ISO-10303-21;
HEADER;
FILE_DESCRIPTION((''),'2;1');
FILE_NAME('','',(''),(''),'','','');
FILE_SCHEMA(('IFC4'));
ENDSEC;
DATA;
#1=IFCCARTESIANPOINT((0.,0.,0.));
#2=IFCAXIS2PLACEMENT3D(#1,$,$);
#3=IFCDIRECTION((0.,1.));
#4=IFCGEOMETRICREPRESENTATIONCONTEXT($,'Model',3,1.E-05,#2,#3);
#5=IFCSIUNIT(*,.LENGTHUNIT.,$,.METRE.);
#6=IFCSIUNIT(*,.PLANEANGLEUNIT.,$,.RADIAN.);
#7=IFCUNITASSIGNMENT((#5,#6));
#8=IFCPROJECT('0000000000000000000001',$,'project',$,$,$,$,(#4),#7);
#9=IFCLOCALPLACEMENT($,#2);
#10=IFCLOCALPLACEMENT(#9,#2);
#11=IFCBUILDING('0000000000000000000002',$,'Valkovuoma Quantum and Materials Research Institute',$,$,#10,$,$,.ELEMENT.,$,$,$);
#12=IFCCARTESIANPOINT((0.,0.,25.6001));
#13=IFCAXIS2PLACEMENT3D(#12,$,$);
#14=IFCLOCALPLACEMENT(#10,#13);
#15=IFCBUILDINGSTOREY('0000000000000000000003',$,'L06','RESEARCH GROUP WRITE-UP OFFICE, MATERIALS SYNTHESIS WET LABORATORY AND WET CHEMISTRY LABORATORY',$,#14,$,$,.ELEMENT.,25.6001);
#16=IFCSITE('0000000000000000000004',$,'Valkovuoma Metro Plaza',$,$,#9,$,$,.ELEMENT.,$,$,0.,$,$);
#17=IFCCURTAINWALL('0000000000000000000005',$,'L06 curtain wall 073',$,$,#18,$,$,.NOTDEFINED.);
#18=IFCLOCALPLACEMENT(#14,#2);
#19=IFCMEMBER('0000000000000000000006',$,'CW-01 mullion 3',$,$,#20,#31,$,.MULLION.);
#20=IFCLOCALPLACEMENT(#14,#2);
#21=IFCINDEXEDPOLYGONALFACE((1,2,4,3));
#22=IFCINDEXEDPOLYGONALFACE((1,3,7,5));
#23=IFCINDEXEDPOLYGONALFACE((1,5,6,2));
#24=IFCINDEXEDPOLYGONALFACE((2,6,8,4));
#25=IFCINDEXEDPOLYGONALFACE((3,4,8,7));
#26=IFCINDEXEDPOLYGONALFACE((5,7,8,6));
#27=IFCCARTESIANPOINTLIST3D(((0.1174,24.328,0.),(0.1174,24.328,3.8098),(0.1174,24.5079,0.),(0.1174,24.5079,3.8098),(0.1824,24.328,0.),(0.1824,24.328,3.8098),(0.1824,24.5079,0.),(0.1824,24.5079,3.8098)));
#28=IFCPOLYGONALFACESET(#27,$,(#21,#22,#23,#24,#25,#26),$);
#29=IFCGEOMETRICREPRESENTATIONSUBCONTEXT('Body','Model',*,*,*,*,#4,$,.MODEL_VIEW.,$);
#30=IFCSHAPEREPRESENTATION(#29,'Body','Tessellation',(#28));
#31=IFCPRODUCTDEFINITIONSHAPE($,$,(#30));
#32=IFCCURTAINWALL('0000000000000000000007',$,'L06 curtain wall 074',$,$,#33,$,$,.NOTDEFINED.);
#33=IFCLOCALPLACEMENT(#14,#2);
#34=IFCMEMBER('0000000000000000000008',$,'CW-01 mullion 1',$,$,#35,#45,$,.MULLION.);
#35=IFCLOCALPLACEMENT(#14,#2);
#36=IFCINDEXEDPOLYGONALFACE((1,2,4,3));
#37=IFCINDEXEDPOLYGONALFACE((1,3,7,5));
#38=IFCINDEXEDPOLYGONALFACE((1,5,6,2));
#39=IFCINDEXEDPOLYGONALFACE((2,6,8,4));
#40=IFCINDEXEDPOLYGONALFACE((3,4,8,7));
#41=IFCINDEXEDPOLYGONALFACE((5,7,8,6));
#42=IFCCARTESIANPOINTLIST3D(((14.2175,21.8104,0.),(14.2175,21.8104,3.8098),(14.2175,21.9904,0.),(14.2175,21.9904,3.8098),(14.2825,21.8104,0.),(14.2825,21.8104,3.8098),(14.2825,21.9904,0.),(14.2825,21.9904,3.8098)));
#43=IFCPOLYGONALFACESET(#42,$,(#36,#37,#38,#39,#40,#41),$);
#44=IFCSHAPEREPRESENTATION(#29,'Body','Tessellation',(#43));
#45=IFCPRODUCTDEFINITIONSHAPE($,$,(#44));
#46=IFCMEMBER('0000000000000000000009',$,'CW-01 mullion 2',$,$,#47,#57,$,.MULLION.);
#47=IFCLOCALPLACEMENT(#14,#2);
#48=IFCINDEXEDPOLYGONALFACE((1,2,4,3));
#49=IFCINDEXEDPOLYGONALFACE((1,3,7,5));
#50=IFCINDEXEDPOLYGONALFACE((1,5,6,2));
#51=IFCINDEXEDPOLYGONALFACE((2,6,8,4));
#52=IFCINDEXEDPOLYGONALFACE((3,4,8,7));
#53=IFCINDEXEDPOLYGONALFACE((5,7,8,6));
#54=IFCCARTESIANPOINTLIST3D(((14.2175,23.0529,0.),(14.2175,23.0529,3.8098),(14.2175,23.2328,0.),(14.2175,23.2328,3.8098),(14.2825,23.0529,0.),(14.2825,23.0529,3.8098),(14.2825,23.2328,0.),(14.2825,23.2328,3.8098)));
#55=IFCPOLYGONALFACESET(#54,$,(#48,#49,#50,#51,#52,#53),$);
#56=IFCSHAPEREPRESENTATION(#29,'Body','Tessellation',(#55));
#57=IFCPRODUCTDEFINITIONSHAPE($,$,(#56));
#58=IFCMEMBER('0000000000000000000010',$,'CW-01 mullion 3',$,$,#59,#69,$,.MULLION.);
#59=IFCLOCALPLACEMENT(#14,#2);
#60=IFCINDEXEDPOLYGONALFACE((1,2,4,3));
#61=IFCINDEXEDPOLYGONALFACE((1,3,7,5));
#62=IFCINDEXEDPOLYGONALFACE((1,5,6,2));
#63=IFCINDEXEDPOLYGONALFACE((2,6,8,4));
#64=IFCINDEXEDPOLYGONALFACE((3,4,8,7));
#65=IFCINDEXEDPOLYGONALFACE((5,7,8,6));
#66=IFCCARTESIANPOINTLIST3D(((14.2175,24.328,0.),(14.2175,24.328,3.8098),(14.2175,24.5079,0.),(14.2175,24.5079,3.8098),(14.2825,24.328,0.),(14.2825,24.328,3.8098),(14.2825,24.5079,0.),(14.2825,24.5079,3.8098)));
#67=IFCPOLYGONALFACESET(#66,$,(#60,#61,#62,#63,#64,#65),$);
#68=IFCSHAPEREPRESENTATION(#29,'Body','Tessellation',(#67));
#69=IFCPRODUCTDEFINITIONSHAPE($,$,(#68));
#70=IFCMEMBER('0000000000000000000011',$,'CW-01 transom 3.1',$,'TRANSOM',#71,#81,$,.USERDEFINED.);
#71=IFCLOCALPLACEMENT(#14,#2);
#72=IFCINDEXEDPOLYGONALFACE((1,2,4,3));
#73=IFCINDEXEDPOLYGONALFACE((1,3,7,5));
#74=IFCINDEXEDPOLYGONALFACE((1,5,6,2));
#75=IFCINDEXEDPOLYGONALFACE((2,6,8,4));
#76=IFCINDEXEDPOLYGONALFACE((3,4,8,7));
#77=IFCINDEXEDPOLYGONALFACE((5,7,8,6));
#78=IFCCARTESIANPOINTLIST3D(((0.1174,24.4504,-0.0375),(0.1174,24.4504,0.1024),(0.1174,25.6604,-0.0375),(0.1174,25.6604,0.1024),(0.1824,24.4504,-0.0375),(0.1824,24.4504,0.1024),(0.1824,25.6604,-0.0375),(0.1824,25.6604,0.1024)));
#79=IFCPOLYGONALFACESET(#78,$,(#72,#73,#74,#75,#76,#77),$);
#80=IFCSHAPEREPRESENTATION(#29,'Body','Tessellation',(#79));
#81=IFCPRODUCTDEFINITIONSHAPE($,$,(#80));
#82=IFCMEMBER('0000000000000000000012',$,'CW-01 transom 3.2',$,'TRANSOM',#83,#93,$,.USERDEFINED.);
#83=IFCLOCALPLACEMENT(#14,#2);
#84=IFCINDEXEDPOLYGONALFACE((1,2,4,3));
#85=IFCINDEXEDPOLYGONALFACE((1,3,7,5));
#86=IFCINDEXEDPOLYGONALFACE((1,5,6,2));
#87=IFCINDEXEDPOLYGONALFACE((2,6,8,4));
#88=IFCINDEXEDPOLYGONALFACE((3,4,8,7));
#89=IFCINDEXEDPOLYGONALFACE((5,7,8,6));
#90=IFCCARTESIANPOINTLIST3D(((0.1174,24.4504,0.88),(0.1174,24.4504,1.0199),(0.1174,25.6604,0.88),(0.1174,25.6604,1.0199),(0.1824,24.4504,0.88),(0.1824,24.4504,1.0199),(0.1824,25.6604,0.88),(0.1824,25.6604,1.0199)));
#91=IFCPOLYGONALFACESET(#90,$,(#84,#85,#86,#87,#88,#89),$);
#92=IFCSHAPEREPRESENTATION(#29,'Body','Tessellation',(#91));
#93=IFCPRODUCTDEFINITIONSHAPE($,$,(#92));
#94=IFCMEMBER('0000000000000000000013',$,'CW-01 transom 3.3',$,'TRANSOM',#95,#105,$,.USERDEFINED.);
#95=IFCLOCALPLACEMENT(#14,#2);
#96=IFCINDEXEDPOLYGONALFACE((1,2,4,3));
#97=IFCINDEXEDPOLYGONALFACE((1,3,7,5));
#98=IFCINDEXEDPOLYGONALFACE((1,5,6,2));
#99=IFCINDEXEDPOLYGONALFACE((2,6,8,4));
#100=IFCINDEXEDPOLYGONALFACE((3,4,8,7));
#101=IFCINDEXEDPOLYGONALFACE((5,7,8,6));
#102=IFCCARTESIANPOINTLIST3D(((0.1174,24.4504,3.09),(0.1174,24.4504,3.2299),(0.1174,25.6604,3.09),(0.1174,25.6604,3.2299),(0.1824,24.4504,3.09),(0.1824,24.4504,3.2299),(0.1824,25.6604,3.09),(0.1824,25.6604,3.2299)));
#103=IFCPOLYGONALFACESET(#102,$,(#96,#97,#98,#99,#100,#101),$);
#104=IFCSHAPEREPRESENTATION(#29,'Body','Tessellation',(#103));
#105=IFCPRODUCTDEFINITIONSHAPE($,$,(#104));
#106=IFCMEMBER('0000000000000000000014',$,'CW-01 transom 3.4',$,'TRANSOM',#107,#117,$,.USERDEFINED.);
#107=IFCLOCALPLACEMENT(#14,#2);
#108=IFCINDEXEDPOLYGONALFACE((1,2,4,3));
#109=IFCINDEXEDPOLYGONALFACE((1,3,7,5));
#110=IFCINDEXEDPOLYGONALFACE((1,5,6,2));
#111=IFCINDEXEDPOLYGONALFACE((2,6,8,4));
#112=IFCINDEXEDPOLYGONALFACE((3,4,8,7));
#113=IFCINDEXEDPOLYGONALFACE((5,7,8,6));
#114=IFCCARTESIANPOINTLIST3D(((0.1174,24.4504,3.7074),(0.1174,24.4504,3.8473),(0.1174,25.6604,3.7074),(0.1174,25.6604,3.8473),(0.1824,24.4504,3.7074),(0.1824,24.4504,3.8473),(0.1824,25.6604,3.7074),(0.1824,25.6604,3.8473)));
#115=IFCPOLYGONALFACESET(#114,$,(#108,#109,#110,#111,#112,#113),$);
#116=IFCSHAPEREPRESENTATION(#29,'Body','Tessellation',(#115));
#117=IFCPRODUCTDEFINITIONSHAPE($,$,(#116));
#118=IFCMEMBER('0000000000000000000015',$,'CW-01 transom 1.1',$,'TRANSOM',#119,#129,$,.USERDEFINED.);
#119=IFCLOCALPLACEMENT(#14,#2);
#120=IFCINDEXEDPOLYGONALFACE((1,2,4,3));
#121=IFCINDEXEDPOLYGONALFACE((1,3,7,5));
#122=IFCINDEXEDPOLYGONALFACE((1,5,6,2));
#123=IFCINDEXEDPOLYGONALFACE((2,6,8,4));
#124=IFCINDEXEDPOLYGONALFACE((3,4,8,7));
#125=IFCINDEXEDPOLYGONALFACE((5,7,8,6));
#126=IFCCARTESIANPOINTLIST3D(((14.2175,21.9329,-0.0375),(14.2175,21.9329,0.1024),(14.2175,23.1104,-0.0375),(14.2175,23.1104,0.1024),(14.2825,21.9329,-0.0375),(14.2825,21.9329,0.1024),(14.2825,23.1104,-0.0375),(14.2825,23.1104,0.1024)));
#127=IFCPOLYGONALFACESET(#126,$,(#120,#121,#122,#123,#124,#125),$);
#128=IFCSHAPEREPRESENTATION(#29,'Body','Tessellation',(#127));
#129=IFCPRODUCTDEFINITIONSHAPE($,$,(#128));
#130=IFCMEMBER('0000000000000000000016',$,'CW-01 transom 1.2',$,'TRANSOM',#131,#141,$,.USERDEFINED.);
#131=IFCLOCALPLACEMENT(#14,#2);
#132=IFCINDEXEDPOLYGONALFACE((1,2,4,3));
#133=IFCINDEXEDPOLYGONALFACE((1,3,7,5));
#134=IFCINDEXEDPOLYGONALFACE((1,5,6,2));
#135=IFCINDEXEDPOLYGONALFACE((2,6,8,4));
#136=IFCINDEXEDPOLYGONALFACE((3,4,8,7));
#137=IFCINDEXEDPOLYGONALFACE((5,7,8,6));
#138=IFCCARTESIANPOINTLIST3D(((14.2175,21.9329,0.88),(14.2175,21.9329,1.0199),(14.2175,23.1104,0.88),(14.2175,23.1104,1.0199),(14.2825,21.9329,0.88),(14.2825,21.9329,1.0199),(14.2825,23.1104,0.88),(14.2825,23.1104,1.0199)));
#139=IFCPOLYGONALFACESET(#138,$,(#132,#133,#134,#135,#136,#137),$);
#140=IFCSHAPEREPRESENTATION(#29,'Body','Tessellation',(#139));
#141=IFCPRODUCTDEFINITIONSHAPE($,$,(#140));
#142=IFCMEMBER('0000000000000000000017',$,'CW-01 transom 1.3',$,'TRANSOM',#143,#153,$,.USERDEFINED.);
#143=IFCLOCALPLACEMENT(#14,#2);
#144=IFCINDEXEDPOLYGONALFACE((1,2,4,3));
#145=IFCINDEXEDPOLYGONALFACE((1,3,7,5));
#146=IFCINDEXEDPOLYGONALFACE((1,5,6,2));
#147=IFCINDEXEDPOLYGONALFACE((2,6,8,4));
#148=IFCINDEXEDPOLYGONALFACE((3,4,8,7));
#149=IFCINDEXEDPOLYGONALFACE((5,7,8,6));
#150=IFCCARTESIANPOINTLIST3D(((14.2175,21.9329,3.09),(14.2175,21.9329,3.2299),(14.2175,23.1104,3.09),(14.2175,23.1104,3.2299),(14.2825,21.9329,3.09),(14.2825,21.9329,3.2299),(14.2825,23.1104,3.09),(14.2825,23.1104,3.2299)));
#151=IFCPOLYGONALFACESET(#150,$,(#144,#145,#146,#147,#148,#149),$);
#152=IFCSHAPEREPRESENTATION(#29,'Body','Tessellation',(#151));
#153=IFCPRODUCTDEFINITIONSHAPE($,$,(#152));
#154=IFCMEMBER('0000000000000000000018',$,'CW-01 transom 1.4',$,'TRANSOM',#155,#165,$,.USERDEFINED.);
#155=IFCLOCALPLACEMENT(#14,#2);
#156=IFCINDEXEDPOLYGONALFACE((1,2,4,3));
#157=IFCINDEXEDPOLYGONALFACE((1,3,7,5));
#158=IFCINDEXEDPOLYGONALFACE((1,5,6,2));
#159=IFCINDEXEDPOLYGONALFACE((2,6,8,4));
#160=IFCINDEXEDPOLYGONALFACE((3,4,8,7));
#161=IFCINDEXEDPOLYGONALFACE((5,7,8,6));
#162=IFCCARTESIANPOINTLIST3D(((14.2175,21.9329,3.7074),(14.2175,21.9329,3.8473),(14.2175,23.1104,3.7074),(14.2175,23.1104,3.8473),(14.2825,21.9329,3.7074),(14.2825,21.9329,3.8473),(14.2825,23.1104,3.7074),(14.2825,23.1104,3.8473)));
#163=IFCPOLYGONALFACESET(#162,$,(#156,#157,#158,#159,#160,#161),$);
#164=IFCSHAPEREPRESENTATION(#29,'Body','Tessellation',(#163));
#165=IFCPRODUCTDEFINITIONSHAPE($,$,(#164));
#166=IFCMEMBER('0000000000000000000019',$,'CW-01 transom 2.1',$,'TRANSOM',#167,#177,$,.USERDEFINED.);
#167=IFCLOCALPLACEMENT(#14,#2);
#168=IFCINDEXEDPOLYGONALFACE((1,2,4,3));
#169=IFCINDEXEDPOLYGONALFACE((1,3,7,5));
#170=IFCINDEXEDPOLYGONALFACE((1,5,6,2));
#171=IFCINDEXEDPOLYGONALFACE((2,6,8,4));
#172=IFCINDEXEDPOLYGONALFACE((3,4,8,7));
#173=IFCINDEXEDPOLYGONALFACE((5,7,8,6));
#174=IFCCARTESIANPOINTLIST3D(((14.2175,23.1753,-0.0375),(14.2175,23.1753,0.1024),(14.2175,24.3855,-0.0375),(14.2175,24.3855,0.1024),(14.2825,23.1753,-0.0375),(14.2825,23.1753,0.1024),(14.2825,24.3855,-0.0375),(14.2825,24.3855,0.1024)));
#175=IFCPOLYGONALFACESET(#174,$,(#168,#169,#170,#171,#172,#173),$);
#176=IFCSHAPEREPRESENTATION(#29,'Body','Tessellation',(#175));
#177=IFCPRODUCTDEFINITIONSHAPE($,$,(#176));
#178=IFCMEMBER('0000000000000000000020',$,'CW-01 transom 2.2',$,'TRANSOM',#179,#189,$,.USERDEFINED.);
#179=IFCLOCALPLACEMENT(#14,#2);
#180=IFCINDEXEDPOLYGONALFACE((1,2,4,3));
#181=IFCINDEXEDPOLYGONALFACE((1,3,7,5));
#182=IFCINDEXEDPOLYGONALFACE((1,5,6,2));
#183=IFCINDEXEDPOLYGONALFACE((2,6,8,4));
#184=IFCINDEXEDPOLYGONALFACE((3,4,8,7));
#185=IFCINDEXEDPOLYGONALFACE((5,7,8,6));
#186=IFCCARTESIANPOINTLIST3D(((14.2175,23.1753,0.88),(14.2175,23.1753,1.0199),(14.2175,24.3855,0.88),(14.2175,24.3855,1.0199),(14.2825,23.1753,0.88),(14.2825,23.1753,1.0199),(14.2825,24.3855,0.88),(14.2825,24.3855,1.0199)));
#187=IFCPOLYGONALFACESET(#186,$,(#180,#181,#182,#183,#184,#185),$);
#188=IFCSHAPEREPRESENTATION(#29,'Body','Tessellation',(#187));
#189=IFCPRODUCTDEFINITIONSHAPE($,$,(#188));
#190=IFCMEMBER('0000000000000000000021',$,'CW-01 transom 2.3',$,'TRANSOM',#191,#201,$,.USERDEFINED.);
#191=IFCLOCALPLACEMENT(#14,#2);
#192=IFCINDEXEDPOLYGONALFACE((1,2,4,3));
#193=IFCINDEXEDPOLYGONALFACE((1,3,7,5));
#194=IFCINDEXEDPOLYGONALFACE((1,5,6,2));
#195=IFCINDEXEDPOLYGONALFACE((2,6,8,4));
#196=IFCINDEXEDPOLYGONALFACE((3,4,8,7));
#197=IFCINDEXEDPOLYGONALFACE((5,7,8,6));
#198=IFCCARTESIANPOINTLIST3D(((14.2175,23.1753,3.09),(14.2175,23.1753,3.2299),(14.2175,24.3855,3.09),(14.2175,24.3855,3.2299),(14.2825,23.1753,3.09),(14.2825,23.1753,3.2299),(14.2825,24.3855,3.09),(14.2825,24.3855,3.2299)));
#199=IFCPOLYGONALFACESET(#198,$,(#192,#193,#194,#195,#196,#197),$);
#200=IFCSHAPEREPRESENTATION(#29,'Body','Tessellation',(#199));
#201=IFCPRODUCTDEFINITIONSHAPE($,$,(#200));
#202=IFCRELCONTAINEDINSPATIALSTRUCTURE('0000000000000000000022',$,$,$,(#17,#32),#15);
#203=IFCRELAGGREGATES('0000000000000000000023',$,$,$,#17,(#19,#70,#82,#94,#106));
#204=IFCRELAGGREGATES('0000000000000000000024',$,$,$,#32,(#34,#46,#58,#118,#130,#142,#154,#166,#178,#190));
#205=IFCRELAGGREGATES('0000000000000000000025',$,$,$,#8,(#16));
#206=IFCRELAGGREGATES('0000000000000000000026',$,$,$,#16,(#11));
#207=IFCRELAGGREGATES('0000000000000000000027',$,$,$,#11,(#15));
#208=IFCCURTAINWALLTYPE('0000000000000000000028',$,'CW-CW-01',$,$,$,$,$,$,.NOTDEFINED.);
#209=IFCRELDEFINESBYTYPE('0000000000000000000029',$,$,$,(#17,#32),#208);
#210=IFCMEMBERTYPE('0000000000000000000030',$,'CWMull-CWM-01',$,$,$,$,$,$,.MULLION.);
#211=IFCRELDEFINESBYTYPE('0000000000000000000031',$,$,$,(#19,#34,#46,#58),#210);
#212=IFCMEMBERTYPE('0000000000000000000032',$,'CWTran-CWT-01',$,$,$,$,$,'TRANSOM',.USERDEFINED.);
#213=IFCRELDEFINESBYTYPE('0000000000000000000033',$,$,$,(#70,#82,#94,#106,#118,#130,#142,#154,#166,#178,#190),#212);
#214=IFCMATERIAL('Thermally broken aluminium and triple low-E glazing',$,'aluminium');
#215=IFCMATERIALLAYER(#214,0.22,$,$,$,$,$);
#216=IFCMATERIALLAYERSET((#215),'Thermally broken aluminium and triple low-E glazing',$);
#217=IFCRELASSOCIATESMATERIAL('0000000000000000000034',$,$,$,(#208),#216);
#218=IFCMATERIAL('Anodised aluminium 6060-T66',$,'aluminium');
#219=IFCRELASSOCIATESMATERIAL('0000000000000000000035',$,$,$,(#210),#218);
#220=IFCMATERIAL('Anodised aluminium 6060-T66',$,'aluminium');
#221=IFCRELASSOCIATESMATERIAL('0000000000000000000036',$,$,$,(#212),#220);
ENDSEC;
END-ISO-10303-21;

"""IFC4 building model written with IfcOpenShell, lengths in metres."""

from ifc_helpers import new_model, si_unit, direction, frame, origin, origin_2d, place, context, subcontext, project, spatial, rectangle, extrude, material, layer, layer_set, material_profile, profile_set, type_object, element, aggregate, save


model = new_model("IFC4")

# Units and contexts
model_context = context("Model", 3, precision=1e-05, world=origin(), true_north=direction((0.0, 1.0)))
body_context = subcontext(model_context, "Body", "Model", "MODEL_VIEW")
ifc_project = project(units=[si_unit("LENGTHUNIT", "METRE"), si_unit("PLANEANGLEUNIT", "RADIAN")], contexts=[model_context])

# Site, building, storey
site_placement = place(None, origin())
site = spatial("IfcSite", under=ifc_project, at=site_placement, Name="Valkovuoma Metro Plaza", CompositionType="ELEMENT", RefElevation=0.0)
building_placement = place(site_placement, origin())
building = spatial("IfcBuilding", under=site, at=building_placement, Name="Valkovuoma Quantum and Materials Research Institute", CompositionType="ELEMENT")
storey_placement = place(building_placement, frame((0.0, 0.0, 25.6001)))
storey = spatial("IfcBuildingStorey", under=building, at=storey_placement, Name="L06", Description="RESEARCH GROUP WRITE-UP OFFICE, MATERIALS SYNTHESIS WET LABORATORY AND WET CHEMISTRY LABORATORY", CompositionType="ELEMENT", Elevation=25.6001)

# Curtain wall, member
ifc_material_1 = material(Name="Thermally broken aluminium and triple low-E glazing", Category="aluminium")
ifc_layer_1 = layer(ifc_material_1, 0.22)
ifc_layer_set_1 = layer_set([ifc_layer_1], Name="Thermally broken aluminium and triple low-E glazing")
curtain_wall_type = type_object("IfcCurtainWallType", Name="CW-CW-01", PredefinedType="NOTDEFINED", material=ifc_layer_set_1)
curtain_wall_1_placement = place(storey_placement, origin())
curtain_wall_1 = element("IfcCurtainWall", 1, at=curtain_wall_1_placement, inside=storey, type_object=curtain_wall_type, Name="L06 curtain wall 073", PredefinedType="NOTDEFINED")
ifc_material_2 = material(Name="Anodised aluminium 6060-T66", Category="aluminium")
ifc_material_profile_1 = material_profile(ifc_material_2, rectangle(XDim=0.0649, YDim=0.1799, at=origin_2d()), Name="Anodised aluminium 6060-T66")
ifc_profile_set_1 = profile_set([ifc_material_profile_1], Name="Anodised aluminium 6060-T66")
member_type_1 = type_object("IfcMemberType", Name="CWMull-CWM-01", PredefinedType="MULLION", material=ifc_profile_set_1)
member_1_placement = place(storey_placement, frame((0.1499, 24.418, 0.0), z_axis=(0.0, 0.0, 1.0), x_axis=(-1.0, 0.0, 0.0)))
member_1 = element("IfcMember", 2, at=member_1_placement, type_object=member_type_1, Name="CW-01 mullion 3", PredefinedType="MULLION", context=body_context, shape_type="SweptSolid", body=[
    extrude(rectangle(XDim=0.0649, YDim=0.1799, at=origin_2d()), origin(), (0.0, 0.0, 1.0), 3.8098),
])

# Curtain wall, members
curtain_wall_2_placement = place(storey_placement, origin())
curtain_wall_2 = element("IfcCurtainWall", 3, at=curtain_wall_2_placement, inside=storey, type_object=curtain_wall_type, Name="L06 curtain wall 074", PredefinedType="NOTDEFINED")
member_2_placement = place(storey_placement, frame((14.25, 21.9004, 0.0), z_axis=(0.0, 0.0, 1.0), x_axis=(-1.0, 0.0, 0.0)))
member_2 = element("IfcMember", 4, at=member_2_placement, type_object=member_type_1, Name="CW-01 mullion 1", PredefinedType="MULLION", context=body_context, shape_type="SweptSolid", body=[
    extrude(rectangle(XDim=0.0649, YDim=0.1799, at=origin_2d()), origin(), (0.0, 0.0, 1.0), 3.8098),
])
member_3_placement = place(storey_placement, frame((14.25, 23.1428, 0.0), z_axis=(0.0, 0.0, 1.0), x_axis=(-1.0, 0.0, 0.0)))
member_3 = element("IfcMember", 5, at=member_3_placement, type_object=member_type_1, Name="CW-01 mullion 2", PredefinedType="MULLION", context=body_context, shape_type="SweptSolid", body=[
    extrude(rectangle(XDim=0.0649, YDim=0.1799, at=origin_2d()), origin(), (0.0, 0.0, 1.0), 3.8098),
])
member_4_placement = place(storey_placement, frame((14.25, 24.418, 0.0), z_axis=(0.0, 0.0, 1.0), x_axis=(-1.0, 0.0, 0.0)))
member_4 = element("IfcMember", 6, at=member_4_placement, type_object=member_type_1, Name="CW-01 mullion 3", PredefinedType="MULLION", context=body_context, shape_type="SweptSolid", body=[
    extrude(rectangle(XDim=0.0649, YDim=0.1799, at=origin_2d()), origin(), (0.0, 0.0, 1.0), 3.8098),
])

# Members
ifc_material_3 = material(Name="Anodised aluminium 6060-T66", Category="aluminium")
ifc_material_profile_2 = material_profile(ifc_material_3, rectangle(XDim=0.0649, YDim=0.1399, at=origin_2d()), Name="Anodised aluminium 6060-T66")
ifc_profile_set_2 = profile_set([ifc_material_profile_2], Name="Anodised aluminium 6060-T66")
member_type_2 = type_object("IfcMemberType", Name="CWTran-CWT-01", ElementType="TRANSOM", PredefinedType="USERDEFINED", material=ifc_profile_set_2)
member_5_placement = place(storey_placement, frame((0.1499, 24.4504, 0.0325), z_axis=(0.0, 1.0, 0.0), x_axis=(-1.0, 0.0, 0.0)))
member_5 = element("IfcMember", 7, at=member_5_placement, type_object=member_type_2, Name="CW-01 transom 3.1", ObjectType="TRANSOM", PredefinedType="USERDEFINED", context=body_context, shape_type="SweptSolid", body=[
    extrude(rectangle(XDim=0.0649, YDim=0.1399, at=origin_2d()), origin(), (0.0, 0.0, 1.0), 1.21),
])
member_6_placement = place(storey_placement, frame((0.1499, 24.4504, 0.95), z_axis=(0.0, 1.0, 0.0), x_axis=(-1.0, 0.0, 0.0)))
member_6 = element("IfcMember", 8, at=member_6_placement, type_object=member_type_2, Name="CW-01 transom 3.2", ObjectType="TRANSOM", PredefinedType="USERDEFINED", context=body_context, shape_type="SweptSolid", body=[
    extrude(rectangle(XDim=0.0649, YDim=0.1399, at=origin_2d()), origin(), (0.0, 0.0, 1.0), 1.21),
])
member_7_placement = place(storey_placement, frame((0.1499, 24.4504, 3.1599), z_axis=(0.0, 1.0, 0.0), x_axis=(-1.0, 0.0, 0.0)))
member_7 = element("IfcMember", 9, at=member_7_placement, type_object=member_type_2, Name="CW-01 transom 3.3", ObjectType="TRANSOM", PredefinedType="USERDEFINED", context=body_context, shape_type="SweptSolid", body=[
    extrude(rectangle(XDim=0.0649, YDim=0.1399, at=origin_2d()), origin(), (0.0, 0.0, 1.0), 1.21),
])
member_8_placement = place(storey_placement, frame((0.1499, 24.4504, 3.7773), z_axis=(0.0, 1.0, 0.0), x_axis=(-1.0, 0.0, 0.0)))
member_8 = element("IfcMember", 10, at=member_8_placement, type_object=member_type_2, Name="CW-01 transom 3.4", ObjectType="TRANSOM", PredefinedType="USERDEFINED", context=body_context, shape_type="SweptSolid", body=[
    extrude(rectangle(XDim=0.0649, YDim=0.1399, at=origin_2d()), origin(), (0.0, 0.0, 1.0), 1.21),
])
aggregate(curtain_wall_1, [member_1, member_5, member_6, member_7, member_8])
member_9_placement = place(storey_placement, frame((14.25, 21.9329, 0.0325), z_axis=(0.0, 1.0, 0.0), x_axis=(-1.0, 0.0, 0.0)))
member_9 = element("IfcMember", 11, at=member_9_placement, type_object=member_type_2, Name="CW-01 transom 1.1", ObjectType="TRANSOM", PredefinedType="USERDEFINED", context=body_context, shape_type="SweptSolid", body=[
    extrude(rectangle(XDim=0.0649, YDim=0.1399, at=origin_2d()), origin(), (0.0, 0.0, 1.0), 1.1775),
])
member_10_placement = place(storey_placement, frame((14.25, 21.9329, 0.95), z_axis=(0.0, 1.0, 0.0), x_axis=(-1.0, 0.0, 0.0)))
member_10 = element("IfcMember", 12, at=member_10_placement, type_object=member_type_2, Name="CW-01 transom 1.2", ObjectType="TRANSOM", PredefinedType="USERDEFINED", context=body_context, shape_type="SweptSolid", body=[
    extrude(rectangle(XDim=0.0649, YDim=0.1399, at=origin_2d()), origin(), (0.0, 0.0, 1.0), 1.1775),
])
member_11_placement = place(storey_placement, frame((14.25, 21.9329, 3.1599), z_axis=(0.0, 1.0, 0.0), x_axis=(-1.0, 0.0, 0.0)))
member_11 = element("IfcMember", 13, at=member_11_placement, type_object=member_type_2, Name="CW-01 transom 1.3", ObjectType="TRANSOM", PredefinedType="USERDEFINED", context=body_context, shape_type="SweptSolid", body=[
    extrude(rectangle(XDim=0.0649, YDim=0.1399, at=origin_2d()), origin(), (0.0, 0.0, 1.0), 1.1775),
])
member_12_placement = place(storey_placement, frame((14.25, 21.9329, 3.7773), z_axis=(0.0, 1.0, 0.0), x_axis=(-1.0, 0.0, 0.0)))
member_12 = element("IfcMember", 14, at=member_12_placement, type_object=member_type_2, Name="CW-01 transom 1.4", ObjectType="TRANSOM", PredefinedType="USERDEFINED", context=body_context, shape_type="SweptSolid", body=[
    extrude(rectangle(XDim=0.0649, YDim=0.1399, at=origin_2d()), origin(), (0.0, 0.0, 1.0), 1.1775),
])
member_13_placement = place(storey_placement, frame((14.25, 23.1753, 0.0325), z_axis=(0.0, 1.0, 0.0), x_axis=(-1.0, 0.0, 0.0)))
member_13 = element("IfcMember", 15, at=member_13_placement, type_object=member_type_2, Name="CW-01 transom 2.1", ObjectType="TRANSOM", PredefinedType="USERDEFINED", context=body_context, shape_type="SweptSolid", body=[
    extrude(rectangle(XDim=0.0649, YDim=0.1399, at=origin_2d()), origin(), (0.0, 0.0, 1.0), 1.2102),
])
member_14_placement = place(storey_placement, frame((14.25, 23.1753, 0.95), z_axis=(0.0, 1.0, 0.0), x_axis=(-1.0, 0.0, 0.0)))
member_14 = element("IfcMember", 16, at=member_14_placement, type_object=member_type_2, Name="CW-01 transom 2.2", ObjectType="TRANSOM", PredefinedType="USERDEFINED", context=body_context, shape_type="SweptSolid", body=[
    extrude(rectangle(XDim=0.0649, YDim=0.1399, at=origin_2d()), origin(), (0.0, 0.0, 1.0), 1.2102),
])
member_15_placement = place(storey_placement, frame((14.25, 23.1753, 3.1599), z_axis=(0.0, 1.0, 0.0), x_axis=(-1.0, 0.0, 0.0)))
member_15 = element("IfcMember", 17, at=member_15_placement, type_object=member_type_2, Name="CW-01 transom 2.3", ObjectType="TRANSOM", PredefinedType="USERDEFINED", context=body_context, shape_type="SweptSolid", body=[
    extrude(rectangle(XDim=0.0649, YDim=0.1399, at=origin_2d()), origin(), (0.0, 0.0, 1.0), 1.2102),
])

aggregate(curtain_wall_2, [member_2, member_3, member_4, member_9, member_10, member_11, member_12, member_13, member_14, member_15])

save(model, "model.ifc")
